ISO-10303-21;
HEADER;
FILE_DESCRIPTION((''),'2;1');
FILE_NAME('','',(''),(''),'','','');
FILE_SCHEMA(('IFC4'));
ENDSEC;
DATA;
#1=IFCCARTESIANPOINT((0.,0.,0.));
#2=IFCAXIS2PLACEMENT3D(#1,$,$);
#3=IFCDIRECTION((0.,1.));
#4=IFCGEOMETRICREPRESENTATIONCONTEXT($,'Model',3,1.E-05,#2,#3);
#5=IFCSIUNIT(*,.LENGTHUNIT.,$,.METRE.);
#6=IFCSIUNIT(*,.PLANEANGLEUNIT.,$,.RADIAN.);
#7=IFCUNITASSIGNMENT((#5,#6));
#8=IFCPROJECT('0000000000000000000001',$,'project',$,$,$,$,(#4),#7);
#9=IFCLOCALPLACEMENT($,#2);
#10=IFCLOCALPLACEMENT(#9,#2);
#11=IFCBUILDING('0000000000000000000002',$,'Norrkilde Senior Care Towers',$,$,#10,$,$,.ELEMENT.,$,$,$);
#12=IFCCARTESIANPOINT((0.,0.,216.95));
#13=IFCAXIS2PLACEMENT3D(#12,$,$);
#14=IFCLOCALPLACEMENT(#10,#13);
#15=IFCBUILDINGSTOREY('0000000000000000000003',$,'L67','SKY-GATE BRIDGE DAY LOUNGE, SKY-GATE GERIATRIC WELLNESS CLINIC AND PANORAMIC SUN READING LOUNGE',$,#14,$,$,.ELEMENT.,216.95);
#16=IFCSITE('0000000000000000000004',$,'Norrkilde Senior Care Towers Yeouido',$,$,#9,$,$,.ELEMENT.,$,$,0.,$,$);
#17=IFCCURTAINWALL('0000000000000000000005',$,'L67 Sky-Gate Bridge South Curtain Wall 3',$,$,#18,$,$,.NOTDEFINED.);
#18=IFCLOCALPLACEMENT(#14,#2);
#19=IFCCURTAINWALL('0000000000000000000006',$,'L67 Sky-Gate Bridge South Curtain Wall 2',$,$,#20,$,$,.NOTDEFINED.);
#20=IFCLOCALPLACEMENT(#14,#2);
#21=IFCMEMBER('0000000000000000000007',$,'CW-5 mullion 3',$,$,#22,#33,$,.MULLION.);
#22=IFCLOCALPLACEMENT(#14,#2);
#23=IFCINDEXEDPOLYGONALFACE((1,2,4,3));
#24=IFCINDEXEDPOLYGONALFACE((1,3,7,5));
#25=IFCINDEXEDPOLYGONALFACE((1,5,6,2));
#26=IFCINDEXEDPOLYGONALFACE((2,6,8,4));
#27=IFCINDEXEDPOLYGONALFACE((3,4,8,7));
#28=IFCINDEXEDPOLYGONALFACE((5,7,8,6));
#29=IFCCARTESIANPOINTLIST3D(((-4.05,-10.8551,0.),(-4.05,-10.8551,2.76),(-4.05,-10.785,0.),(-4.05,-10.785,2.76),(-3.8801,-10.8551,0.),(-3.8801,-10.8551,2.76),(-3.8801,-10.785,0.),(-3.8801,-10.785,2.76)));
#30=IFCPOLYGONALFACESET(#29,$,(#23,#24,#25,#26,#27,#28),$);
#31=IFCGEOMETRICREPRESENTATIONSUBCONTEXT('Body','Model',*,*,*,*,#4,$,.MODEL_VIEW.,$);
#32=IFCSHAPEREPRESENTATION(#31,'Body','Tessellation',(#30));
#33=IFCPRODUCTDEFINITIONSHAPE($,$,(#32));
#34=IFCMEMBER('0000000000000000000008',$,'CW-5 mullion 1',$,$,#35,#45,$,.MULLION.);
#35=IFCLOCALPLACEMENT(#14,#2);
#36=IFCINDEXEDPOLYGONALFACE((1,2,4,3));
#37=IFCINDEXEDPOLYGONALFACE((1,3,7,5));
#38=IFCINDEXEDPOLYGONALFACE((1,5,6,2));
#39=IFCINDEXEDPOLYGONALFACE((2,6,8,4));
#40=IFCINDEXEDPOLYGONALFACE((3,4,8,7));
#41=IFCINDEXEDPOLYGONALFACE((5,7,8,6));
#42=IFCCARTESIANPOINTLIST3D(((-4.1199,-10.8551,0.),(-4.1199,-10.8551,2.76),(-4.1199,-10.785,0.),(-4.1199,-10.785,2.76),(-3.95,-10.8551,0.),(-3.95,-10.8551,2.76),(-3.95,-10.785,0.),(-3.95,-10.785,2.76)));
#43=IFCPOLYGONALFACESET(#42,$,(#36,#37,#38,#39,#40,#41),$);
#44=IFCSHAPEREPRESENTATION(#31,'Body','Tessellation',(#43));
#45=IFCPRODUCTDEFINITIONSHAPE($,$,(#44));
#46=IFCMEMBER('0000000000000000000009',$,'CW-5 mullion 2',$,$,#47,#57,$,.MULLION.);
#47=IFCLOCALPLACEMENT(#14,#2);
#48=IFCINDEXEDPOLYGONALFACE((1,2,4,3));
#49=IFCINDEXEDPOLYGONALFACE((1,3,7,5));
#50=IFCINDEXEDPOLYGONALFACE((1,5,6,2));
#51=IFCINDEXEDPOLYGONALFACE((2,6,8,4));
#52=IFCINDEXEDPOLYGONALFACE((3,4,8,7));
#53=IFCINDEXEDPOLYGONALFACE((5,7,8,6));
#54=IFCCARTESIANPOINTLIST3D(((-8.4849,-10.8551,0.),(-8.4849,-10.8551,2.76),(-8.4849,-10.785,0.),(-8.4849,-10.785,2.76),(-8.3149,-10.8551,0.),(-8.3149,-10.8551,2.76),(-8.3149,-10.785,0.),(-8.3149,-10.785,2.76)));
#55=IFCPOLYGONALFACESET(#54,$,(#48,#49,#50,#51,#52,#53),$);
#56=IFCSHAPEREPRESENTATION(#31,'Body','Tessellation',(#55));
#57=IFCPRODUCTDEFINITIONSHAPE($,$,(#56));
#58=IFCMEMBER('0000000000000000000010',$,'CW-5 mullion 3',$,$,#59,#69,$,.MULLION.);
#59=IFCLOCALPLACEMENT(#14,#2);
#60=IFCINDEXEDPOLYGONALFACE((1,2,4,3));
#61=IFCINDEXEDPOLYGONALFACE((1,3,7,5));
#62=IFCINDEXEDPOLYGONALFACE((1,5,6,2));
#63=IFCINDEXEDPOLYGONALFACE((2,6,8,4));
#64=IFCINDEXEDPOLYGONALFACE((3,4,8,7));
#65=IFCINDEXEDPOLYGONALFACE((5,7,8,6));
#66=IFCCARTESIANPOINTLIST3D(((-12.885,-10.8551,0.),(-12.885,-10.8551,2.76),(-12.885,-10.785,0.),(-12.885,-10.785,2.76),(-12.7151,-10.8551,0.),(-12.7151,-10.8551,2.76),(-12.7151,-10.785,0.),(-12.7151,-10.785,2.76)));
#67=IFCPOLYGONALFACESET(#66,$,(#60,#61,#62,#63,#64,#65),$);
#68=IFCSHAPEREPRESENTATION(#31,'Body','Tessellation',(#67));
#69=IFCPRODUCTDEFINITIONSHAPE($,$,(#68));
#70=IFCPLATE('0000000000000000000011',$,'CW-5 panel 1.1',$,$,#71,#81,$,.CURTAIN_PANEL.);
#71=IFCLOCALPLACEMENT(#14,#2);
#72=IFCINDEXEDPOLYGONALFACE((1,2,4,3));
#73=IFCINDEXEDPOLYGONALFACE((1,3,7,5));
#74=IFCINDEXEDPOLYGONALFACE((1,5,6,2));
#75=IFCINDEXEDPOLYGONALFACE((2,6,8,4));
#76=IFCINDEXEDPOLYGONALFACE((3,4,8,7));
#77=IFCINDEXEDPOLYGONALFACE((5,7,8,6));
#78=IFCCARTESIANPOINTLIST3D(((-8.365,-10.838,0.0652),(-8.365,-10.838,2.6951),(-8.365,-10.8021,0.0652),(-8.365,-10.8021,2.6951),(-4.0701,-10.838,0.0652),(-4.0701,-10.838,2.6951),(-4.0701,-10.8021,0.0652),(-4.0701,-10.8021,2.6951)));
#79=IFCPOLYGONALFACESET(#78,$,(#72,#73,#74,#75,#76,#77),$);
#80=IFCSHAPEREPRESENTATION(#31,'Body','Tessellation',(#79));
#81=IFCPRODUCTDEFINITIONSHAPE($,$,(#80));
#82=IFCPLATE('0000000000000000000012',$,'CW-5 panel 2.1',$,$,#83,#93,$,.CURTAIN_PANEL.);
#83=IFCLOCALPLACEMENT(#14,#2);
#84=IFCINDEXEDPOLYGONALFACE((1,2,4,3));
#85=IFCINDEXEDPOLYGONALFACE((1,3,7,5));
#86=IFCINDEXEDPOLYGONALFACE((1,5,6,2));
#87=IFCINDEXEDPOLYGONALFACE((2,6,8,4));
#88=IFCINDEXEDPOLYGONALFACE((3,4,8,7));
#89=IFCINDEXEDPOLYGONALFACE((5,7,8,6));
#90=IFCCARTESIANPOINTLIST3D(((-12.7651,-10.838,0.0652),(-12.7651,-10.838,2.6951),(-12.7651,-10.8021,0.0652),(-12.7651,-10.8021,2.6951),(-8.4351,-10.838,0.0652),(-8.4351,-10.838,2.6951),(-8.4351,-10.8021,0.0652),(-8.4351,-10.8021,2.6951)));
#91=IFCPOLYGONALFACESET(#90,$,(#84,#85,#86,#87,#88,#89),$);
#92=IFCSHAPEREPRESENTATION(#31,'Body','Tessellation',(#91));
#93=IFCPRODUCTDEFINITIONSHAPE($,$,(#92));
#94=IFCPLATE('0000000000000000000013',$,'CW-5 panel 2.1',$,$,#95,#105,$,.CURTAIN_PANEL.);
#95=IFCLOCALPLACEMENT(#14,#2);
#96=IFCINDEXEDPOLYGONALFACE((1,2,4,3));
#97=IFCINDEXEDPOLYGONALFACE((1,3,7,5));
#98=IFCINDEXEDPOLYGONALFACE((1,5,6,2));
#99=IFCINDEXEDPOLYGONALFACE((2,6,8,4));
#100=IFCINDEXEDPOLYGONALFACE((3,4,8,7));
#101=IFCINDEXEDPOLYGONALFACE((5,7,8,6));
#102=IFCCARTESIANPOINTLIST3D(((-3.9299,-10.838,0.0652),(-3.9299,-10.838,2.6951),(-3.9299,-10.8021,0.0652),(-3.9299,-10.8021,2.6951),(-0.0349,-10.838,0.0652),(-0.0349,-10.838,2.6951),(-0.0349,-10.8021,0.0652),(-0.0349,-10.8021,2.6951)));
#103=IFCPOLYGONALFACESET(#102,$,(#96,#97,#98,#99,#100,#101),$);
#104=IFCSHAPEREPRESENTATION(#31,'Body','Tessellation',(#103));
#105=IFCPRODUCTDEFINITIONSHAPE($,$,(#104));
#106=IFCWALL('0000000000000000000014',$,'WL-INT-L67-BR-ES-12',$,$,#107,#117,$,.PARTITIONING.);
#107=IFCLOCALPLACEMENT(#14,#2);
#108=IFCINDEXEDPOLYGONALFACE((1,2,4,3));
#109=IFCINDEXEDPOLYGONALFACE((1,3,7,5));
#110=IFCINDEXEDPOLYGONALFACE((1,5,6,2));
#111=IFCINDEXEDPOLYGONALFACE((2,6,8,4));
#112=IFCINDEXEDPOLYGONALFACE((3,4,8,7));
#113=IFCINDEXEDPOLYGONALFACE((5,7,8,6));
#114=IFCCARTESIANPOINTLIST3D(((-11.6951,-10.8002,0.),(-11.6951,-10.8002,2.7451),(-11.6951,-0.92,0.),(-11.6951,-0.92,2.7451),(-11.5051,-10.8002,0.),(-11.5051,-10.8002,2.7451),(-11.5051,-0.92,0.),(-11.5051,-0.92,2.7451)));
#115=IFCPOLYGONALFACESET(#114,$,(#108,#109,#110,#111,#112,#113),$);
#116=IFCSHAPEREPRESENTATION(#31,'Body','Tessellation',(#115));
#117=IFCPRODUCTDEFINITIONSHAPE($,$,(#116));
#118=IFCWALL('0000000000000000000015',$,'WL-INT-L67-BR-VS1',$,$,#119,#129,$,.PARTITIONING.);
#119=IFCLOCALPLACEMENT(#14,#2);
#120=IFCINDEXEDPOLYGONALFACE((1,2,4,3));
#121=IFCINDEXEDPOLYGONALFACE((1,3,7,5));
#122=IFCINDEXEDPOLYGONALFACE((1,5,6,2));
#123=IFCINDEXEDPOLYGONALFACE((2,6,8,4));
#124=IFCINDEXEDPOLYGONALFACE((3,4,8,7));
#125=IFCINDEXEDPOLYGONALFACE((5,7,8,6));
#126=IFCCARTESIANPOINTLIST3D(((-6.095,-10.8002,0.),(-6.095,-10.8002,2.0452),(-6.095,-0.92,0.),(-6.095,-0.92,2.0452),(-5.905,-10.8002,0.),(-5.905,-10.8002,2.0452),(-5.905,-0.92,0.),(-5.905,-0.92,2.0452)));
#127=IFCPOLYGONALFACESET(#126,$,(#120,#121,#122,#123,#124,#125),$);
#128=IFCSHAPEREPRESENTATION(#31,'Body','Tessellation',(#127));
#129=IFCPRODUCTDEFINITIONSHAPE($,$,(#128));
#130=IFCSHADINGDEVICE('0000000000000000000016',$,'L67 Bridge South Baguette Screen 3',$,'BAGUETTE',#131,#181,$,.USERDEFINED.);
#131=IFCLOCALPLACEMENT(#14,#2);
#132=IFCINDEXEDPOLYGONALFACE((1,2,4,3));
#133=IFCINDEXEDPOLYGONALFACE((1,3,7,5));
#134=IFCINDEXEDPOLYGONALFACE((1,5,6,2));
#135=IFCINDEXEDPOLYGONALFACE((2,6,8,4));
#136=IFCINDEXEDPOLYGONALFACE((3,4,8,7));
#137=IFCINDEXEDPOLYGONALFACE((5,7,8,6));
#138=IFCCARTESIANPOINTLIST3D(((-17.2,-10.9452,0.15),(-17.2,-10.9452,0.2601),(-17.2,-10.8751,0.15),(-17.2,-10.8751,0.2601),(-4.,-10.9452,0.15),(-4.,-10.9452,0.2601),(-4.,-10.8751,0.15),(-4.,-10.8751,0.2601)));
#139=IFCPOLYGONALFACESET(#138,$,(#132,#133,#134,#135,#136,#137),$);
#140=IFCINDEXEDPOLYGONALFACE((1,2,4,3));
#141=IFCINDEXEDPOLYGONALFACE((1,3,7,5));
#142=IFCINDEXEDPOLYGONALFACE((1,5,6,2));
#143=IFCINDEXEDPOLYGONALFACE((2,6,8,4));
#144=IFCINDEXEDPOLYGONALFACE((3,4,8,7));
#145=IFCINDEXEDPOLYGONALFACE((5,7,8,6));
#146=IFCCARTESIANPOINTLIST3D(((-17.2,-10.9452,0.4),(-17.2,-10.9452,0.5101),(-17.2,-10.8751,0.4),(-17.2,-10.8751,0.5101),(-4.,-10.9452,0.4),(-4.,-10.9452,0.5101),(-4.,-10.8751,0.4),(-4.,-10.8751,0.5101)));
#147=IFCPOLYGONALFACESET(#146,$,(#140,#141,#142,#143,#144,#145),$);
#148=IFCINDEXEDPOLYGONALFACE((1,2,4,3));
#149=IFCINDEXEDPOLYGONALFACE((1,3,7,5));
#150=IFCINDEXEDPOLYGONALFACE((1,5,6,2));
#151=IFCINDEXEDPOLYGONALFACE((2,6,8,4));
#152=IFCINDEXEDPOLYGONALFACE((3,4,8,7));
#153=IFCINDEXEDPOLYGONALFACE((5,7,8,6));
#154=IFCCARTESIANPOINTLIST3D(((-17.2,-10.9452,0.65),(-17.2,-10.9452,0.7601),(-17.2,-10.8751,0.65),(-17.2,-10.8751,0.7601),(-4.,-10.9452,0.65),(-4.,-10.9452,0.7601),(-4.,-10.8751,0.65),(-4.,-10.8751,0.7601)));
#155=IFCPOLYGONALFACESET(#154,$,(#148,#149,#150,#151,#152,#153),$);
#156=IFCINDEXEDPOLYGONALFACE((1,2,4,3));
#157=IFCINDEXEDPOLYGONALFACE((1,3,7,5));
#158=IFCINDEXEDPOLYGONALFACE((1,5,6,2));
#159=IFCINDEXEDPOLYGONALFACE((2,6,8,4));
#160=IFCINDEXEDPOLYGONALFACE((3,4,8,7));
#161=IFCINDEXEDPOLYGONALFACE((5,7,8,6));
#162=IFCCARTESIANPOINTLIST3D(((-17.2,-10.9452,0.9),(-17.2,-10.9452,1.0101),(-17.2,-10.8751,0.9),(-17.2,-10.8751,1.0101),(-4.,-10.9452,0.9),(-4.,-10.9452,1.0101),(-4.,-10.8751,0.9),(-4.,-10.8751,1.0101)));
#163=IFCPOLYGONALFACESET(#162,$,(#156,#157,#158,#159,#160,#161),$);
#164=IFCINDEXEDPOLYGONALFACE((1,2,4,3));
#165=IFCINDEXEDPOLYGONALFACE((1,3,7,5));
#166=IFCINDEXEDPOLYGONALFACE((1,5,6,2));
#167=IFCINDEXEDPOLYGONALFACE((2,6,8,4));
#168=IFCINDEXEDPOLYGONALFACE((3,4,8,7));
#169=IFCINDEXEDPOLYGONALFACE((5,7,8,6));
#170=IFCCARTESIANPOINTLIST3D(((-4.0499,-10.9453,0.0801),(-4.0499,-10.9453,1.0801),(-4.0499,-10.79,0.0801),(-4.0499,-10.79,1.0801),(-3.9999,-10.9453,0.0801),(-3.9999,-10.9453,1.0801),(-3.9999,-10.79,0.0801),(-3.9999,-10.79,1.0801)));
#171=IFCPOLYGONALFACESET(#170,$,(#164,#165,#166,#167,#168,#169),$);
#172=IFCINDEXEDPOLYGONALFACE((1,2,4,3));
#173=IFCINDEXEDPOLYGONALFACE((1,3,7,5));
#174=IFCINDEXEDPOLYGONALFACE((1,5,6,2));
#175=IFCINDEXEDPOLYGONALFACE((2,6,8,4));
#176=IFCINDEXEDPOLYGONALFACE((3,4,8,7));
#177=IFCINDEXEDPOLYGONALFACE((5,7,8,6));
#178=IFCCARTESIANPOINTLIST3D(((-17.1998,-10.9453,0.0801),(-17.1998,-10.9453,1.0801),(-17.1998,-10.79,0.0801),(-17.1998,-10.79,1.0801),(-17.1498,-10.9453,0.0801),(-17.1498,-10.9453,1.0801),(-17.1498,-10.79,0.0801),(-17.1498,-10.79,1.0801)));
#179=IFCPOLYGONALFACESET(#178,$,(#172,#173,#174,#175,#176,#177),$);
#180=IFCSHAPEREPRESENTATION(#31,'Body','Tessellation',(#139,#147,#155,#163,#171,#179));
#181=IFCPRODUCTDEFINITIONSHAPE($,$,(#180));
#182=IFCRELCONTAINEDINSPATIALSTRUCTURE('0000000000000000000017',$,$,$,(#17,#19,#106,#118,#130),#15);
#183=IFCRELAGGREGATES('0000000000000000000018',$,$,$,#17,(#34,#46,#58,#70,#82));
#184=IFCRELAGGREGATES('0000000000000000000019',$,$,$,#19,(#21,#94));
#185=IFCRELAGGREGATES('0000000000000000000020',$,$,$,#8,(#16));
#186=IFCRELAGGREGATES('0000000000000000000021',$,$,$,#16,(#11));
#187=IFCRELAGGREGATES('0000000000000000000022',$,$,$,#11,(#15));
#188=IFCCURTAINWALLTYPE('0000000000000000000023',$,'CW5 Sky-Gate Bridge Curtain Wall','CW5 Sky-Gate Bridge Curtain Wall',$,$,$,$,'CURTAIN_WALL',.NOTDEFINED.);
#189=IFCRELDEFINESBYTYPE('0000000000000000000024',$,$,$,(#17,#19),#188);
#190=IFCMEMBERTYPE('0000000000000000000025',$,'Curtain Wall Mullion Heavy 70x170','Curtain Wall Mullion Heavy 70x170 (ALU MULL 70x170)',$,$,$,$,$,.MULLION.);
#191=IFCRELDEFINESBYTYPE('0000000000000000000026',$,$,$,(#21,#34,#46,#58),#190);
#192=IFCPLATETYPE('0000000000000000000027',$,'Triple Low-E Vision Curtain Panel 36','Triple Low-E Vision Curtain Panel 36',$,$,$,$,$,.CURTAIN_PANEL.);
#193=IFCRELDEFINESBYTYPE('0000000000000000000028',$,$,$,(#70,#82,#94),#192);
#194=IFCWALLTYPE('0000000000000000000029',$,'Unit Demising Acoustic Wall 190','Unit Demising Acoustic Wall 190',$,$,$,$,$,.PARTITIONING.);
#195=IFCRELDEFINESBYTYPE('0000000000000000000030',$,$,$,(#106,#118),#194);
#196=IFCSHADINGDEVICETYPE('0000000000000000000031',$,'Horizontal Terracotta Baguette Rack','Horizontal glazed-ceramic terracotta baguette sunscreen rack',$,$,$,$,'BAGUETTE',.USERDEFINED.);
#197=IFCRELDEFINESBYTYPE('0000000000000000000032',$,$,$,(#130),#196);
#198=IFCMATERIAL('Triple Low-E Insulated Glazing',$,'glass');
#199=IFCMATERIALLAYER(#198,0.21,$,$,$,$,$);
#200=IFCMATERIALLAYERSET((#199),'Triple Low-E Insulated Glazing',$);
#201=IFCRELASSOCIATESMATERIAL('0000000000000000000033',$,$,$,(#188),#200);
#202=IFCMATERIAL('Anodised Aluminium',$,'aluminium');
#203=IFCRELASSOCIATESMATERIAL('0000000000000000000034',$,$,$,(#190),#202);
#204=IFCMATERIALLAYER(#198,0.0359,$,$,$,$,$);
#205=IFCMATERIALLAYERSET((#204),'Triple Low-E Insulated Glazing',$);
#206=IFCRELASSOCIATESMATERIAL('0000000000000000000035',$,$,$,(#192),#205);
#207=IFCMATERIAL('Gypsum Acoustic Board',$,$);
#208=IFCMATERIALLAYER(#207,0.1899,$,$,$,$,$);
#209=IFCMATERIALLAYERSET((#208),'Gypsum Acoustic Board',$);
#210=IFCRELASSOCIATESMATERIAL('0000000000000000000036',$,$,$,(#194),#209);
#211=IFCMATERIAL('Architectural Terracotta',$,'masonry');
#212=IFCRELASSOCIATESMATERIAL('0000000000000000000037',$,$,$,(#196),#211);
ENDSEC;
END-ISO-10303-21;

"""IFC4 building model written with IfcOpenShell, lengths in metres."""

from ifc_helpers import new_model, si_unit, direction, frame, frame_2d, origin, origin_2d, place, context, subcontext, project, spatial, rectangle, extrude, source, transform, mapped, material, layer, layer_set, material_profile, profile_set, type_object, type_shapes, element, aggregate, save


model = new_model("IFC4")

# Units and contexts
model_context = context("Model", 3, precision=1e-05, world=origin(), true_north=direction((0.0, 1.0)))
body_context = subcontext(model_context, "Body", "Model", "MODEL_VIEW")
ifc_project = project(units=[si_unit("LENGTHUNIT", "METRE"), si_unit("PLANEANGLEUNIT", "RADIAN")], contexts=[model_context])

# Site, building, storey
site_placement = place(None, origin())
site = spatial("IfcSite", under=ifc_project, at=site_placement, Name="Norrkilde Senior Care Towers Yeouido", CompositionType="ELEMENT", RefElevation=0.0)
building_placement = place(site_placement, origin())
building = spatial("IfcBuilding", under=site, at=building_placement, Name="Norrkilde Senior Care Towers", CompositionType="ELEMENT")
storey_placement = place(building_placement, frame((0.0, 0.0, 216.95)))
storey = spatial("IfcBuildingStorey", under=building, at=storey_placement, Name="L67", Description="SKY-GATE BRIDGE DAY LOUNGE, SKY-GATE GERIATRIC WELLNESS CLINIC AND PANORAMIC SUN READING LOUNGE", CompositionType="ELEMENT", Elevation=216.95)

# Curtain walls, member
ifc_material_1 = material(Name="Triple Low-E Insulated Glazing", Category="glass")
ifc_layer_1 = layer(ifc_material_1, 0.21)
ifc_layer_set_1 = layer_set([ifc_layer_1], Name="Triple Low-E Insulated Glazing")
curtain_wall_type = type_object("IfcCurtainWallType", Name="CW5 Sky-Gate Bridge Curtain Wall", Description="CW5 Sky-Gate Bridge Curtain Wall", ElementType="CURTAIN_WALL", PredefinedType="NOTDEFINED", material=ifc_layer_set_1)
curtain_wall_1_placement = place(storey_placement, origin())
curtain_wall_1 = element("IfcCurtainWall", 1, at=curtain_wall_1_placement, inside=storey, type_object=curtain_wall_type, Name="L67 Sky-Gate Bridge South Curtain Wall 3", PredefinedType="NOTDEFINED")
ifc_material_2 = material(Name="Anodised Aluminium", Category="aluminium")
curtain_wall_2_placement = place(storey_placement, origin())
curtain_wall_2 = element("IfcCurtainWall", 2, at=curtain_wall_2_placement, inside=storey, type_object=curtain_wall_type, Name="L67 Sky-Gate Bridge South Curtain Wall 2", PredefinedType="NOTDEFINED")
ifc_material_profile_1 = material_profile(ifc_material_2, rectangle(XDim=0.0701, YDim=0.1699, at=origin_2d()), Name="ALU MULL 70x170")
ifc_profile_set_1 = profile_set([ifc_material_profile_1], Name="Anodised Aluminium")
member_type_1 = type_object("IfcMemberType", Name="Curtain Wall Mullion Heavy 70x170", Description="Curtain Wall Mullion Heavy 70x170 (ALU MULL 70x170)", PredefinedType="MULLION", material=ifc_profile_set_1)
shared_shape_1 = source(origin(), body_context, "Body", "SweptSolid", [
    extrude(rectangle(XDim=0.0701, YDim=0.1699, at=origin_2d()), origin(), (0.0, 0.0, 1.0), 2.76),
])
type_shapes(member_type_1, [shared_shape_1])
member_1_placement = place(storey_placement, frame((-3.9651, -10.8201, 0.0), z_axis=(0.0, 0.0, 1.0), x_axis=(0.0, -1.0, 0.0)))
member_1 = element("IfcMember", 3, at=member_1_placement, type_object=member_type_1, Name="CW-5 mullion 3", PredefinedType="MULLION", context=body_context, shape_type="MappedRepresentation", body=[
    mapped(shared_shape_1, transform((0.0, 0.0, 0.0), x_axis=(1.0, 0.0, 0.0), y_axis=(0.0, 1.0, 0.0), z_axis=(0.0, 0.0, 1.0), scale=1.0)),
])

# Members
member_2_placement = place(storey_placement, frame((-4.0349, -10.8201, 0.0), z_axis=(0.0, 0.0, 1.0), x_axis=(0.0, -1.0, 0.0)))
member_2 = element("IfcMember", 4, at=member_2_placement, type_object=member_type_1, Name="CW-5 mullion 1", PredefinedType="MULLION", context=body_context, shape_type="MappedRepresentation", body=[
    mapped(shared_shape_1, transform((0.0, 0.0, 0.0), x_axis=(1.0, 0.0, 0.0), y_axis=(0.0, 1.0, 0.0), z_axis=(0.0, 0.0, 1.0), scale=1.0)),
])
member_3_placement = place(storey_placement, frame((-8.3999, -10.8201, 0.0), z_axis=(0.0, 0.0, 1.0), x_axis=(0.0, -1.0, 0.0)))
member_3 = element("IfcMember", 5, at=member_3_placement, type_object=member_type_1, Name="CW-5 mullion 2", PredefinedType="MULLION", context=body_context, shape_type="MappedRepresentation", body=[
    mapped(shared_shape_1, transform((0.0, 0.0, 0.0), x_axis=(1.0, 0.0, 0.0), y_axis=(0.0, 1.0, 0.0), z_axis=(0.0, 0.0, 1.0), scale=1.0)),
])
member_4_placement = place(storey_placement, frame((-12.8, -10.8201, 0.0), z_axis=(0.0, 0.0, 1.0), x_axis=(0.0, -1.0, 0.0)))
member_4 = element("IfcMember", 6, at=member_4_placement, type_object=member_type_1, Name="CW-5 mullion 3", PredefinedType="MULLION", context=body_context, shape_type="MappedRepresentation", body=[
    mapped(shared_shape_1, transform((0.0, 0.0, 0.0), x_axis=(1.0, 0.0, 0.0), y_axis=(0.0, 1.0, 0.0), z_axis=(0.0, 0.0, 1.0), scale=1.0)),
])

# Plates
ifc_layer_2 = layer(ifc_material_1, 0.0359)
ifc_layer_set_2 = layer_set([ifc_layer_2], Name="Triple Low-E Insulated Glazing")
plate_type = type_object("IfcPlateType", Name="Triple Low-E Vision Curtain Panel 36", Description="Triple Low-E Vision Curtain Panel 36", PredefinedType="CURTAIN_PANEL", material=ifc_layer_set_2)
shared_shape_2 = source(origin(), body_context, "Body", "SweptSolid", [
    extrude(rectangle(XDim=4.2949, YDim=0.0359, at=origin_2d()), origin(), (0.0, 0.0, 1.0), 2.6299),
])
plate_1_placement = place(storey_placement, frame((-6.2175, -10.8201, 0.0652), z_axis=(0.0, 0.0, 1.0), x_axis=(-1.0, 0.0, 0.0)))
plate_1 = element("IfcPlate", 7, at=plate_1_placement, type_object=plate_type, Name="CW-5 panel 1.1", PredefinedType="CURTAIN_PANEL", context=body_context, shape_type="MappedRepresentation", body=[
    mapped(shared_shape_2, transform((0.0, 0.0, 0.0), x_axis=(1.0, 0.0, 0.0), y_axis=(0.0, 1.0, 0.0), z_axis=(0.0, 0.0, 1.0), scale=1.0)),
])
shared_shape_3 = source(origin(), body_context, "Body", "SweptSolid", [
    extrude(rectangle(XDim=4.3301, YDim=0.0359, at=origin_2d()), origin(), (0.0, 0.0, 1.0), 2.6299),
])
plate_2_placement = place(storey_placement, frame((-10.6001, -10.8201, 0.0652), z_axis=(0.0, 0.0, 1.0), x_axis=(-1.0, 0.0, 0.0)))
plate_2 = element("IfcPlate", 8, at=plate_2_placement, type_object=plate_type, Name="CW-5 panel 2.1", PredefinedType="CURTAIN_PANEL", context=body_context, shape_type="MappedRepresentation", body=[
    mapped(shared_shape_3, transform((0.0, 0.0, 0.0), x_axis=(1.0, 0.0, 0.0), y_axis=(0.0, 1.0, 0.0), z_axis=(0.0, 0.0, 1.0), scale=1.0)),
])
aggregate(curtain_wall_1, [member_2, member_3, member_4, plate_1, plate_2])
shared_shape_4 = source(origin(), body_context, "Body", "SweptSolid", [
    extrude(rectangle(XDim=3.895, YDim=0.0359, at=origin_2d()), origin(), (0.0, 0.0, 1.0), 2.6299),
])
type_shapes(plate_type, [shared_shape_2, shared_shape_3, shared_shape_4])
plate_3_placement = place(storey_placement, frame((-1.9824, -10.8201, 0.0652), z_axis=(0.0, 0.0, 1.0), x_axis=(-1.0, 0.0, 0.0)))
plate_3 = element("IfcPlate", 9, at=plate_3_placement, type_object=plate_type, Name="CW-5 panel 2.1", PredefinedType="CURTAIN_PANEL", context=body_context, shape_type="MappedRepresentation", body=[
    mapped(shared_shape_4, transform((0.0, 0.0, 0.0), x_axis=(1.0, 0.0, 0.0), y_axis=(0.0, 1.0, 0.0), z_axis=(0.0, 0.0, 1.0), scale=1.0)),
])
aggregate(curtain_wall_2, [member_1, plate_3])

# Shared definitions
ifc_material_3 = material(Name="Gypsum Acoustic Board")

# Walls
ifc_layer_3 = layer(ifc_material_3, 0.1899)
ifc_layer_set_3 = layer_set([ifc_layer_3], Name="Gypsum Acoustic Board")
wall_type_1 = type_object("IfcWallType", Name="Unit Demising Acoustic Wall 190", Description="Unit Demising Acoustic Wall 190", PredefinedType="PARTITIONING", material=ifc_layer_set_3)
shared_shape_5 = source(origin(), body_context, "Body", "SweptSolid", [
    extrude(rectangle(XDim=9.8801, YDim=0.1899, at=frame_2d((4.9399, 0.0))), origin(), (0.0, 0.0, 1.0), 2.7451),
])
wall_1_placement = place(storey_placement, frame((-11.6001, -10.8, 0.0), z_axis=(0.0, 0.0, 1.0), x_axis=(0.0, 1.0, 0.0)))
element("IfcWall", 10, at=wall_1_placement, inside=storey, type_object=wall_type_1, Name="WL-INT-L67-BR-ES-12", PredefinedType="PARTITIONING", context=body_context, shape_type="MappedRepresentation", body=[
    mapped(shared_shape_5, transform((0.0, 0.0, 0.0), x_axis=(1.0, 0.0, 0.0), y_axis=(0.0, 1.0, 0.0), z_axis=(0.0, 0.0, 1.0), scale=1.0)),
])
shared_shape_6 = source(origin(), body_context, "Body", "SweptSolid", [
    extrude(rectangle(XDim=9.8801, YDim=0.1899, at=frame_2d((4.9399, 0.0))), origin(), (0.0, 0.0, 1.0), 2.0452),
])
type_shapes(wall_type_1, [shared_shape_5, shared_shape_6])
wall_2_placement = place(storey_placement, frame((-6.0, -10.8, 0.0), z_axis=(0.0, 0.0, 1.0), x_axis=(0.0, 1.0, 0.0)))
element("IfcWall", 11, at=wall_2_placement, inside=storey, type_object=wall_type_1, Name="WL-INT-L67-BR-VS1", PredefinedType="PARTITIONING", context=body_context, shape_type="MappedRepresentation", body=[
    mapped(shared_shape_6, transform((0.0, 0.0, 0.0), x_axis=(1.0, 0.0, 0.0), y_axis=(0.0, 1.0, 0.0), z_axis=(0.0, 0.0, 1.0), scale=1.0)),
])

# Shading device
ifc_material_4 = material(Name="Architectural Terracotta", Category="masonry")
shading_device_type = type_object("IfcShadingDeviceType", Name="Horizontal Terracotta Baguette Rack", Description="Horizontal glazed-ceramic terracotta baguette sunscreen rack", ElementType="BAGUETTE", PredefinedType="USERDEFINED", material=ifc_material_4)
shared_shape_7 = source(origin(), body_context, "Body", "SweptSolid", [
    extrude(rectangle(XDim=0.0701, YDim=0.1101, at=origin_2d()), frame((0.0, 0.0901, 0.125), z_axis=(1.0, 0.0, 0.0), x_axis=(0.0, 1.0, 0.0)), (0.0, 0.0, 1.0), 13.2),
    extrude(rectangle(XDim=0.0701, YDim=0.1101, at=origin_2d()), frame((0.0, 0.0901, 0.375), z_axis=(1.0, 0.0, 0.0), x_axis=(0.0, 1.0, 0.0)), (0.0, 0.0, 1.0), 13.2),
    extrude(rectangle(XDim=0.0701, YDim=0.1101, at=origin_2d()), frame((0.0, 0.0901, 0.625), z_axis=(1.0, 0.0, 0.0), x_axis=(0.0, 1.0, 0.0)), (0.0, 0.0, 1.0), 13.2),
    extrude(rectangle(XDim=0.0701, YDim=0.1101, at=origin_2d()), frame((0.0, 0.0901, 0.875), z_axis=(1.0, 0.0, 0.0), x_axis=(0.0, 1.0, 0.0)), (0.0, 0.0, 1.0), 13.2),
    extrude(rectangle(XDim=0.05, YDim=0.1553, at=origin_2d()), frame((0.0249, 0.0476, 0.0)), (0.0, 0.0, 1.0), 1.0),
    extrude(rectangle(XDim=0.05, YDim=0.1553, at=origin_2d()), frame((13.1748, 0.0476, 0.0)), (0.0, 0.0, 1.0), 1.0),
])
type_shapes(shading_device_type, [shared_shape_7])
shading_device_placement = place(storey_placement, frame((-4.0, -10.8201, 0.0801), z_axis=(0.0, 0.0, 1.0), x_axis=(-1.0, 0.0, 0.0)))
element("IfcShadingDevice", 12, at=shading_device_placement, inside=storey, type_object=shading_device_type, Name="L67 Bridge South Baguette Screen 3", ObjectType="BAGUETTE", PredefinedType="USERDEFINED", context=body_context, shape_type="MappedRepresentation", body=[
    mapped(shared_shape_7, transform((0.0, 0.0, 0.0), x_axis=(1.0, 0.0, 0.0), y_axis=(0.0, 1.0, 0.0), z_axis=(0.0, 0.0, 1.0), scale=1.0)),
])

save(model, "model.ifc")
